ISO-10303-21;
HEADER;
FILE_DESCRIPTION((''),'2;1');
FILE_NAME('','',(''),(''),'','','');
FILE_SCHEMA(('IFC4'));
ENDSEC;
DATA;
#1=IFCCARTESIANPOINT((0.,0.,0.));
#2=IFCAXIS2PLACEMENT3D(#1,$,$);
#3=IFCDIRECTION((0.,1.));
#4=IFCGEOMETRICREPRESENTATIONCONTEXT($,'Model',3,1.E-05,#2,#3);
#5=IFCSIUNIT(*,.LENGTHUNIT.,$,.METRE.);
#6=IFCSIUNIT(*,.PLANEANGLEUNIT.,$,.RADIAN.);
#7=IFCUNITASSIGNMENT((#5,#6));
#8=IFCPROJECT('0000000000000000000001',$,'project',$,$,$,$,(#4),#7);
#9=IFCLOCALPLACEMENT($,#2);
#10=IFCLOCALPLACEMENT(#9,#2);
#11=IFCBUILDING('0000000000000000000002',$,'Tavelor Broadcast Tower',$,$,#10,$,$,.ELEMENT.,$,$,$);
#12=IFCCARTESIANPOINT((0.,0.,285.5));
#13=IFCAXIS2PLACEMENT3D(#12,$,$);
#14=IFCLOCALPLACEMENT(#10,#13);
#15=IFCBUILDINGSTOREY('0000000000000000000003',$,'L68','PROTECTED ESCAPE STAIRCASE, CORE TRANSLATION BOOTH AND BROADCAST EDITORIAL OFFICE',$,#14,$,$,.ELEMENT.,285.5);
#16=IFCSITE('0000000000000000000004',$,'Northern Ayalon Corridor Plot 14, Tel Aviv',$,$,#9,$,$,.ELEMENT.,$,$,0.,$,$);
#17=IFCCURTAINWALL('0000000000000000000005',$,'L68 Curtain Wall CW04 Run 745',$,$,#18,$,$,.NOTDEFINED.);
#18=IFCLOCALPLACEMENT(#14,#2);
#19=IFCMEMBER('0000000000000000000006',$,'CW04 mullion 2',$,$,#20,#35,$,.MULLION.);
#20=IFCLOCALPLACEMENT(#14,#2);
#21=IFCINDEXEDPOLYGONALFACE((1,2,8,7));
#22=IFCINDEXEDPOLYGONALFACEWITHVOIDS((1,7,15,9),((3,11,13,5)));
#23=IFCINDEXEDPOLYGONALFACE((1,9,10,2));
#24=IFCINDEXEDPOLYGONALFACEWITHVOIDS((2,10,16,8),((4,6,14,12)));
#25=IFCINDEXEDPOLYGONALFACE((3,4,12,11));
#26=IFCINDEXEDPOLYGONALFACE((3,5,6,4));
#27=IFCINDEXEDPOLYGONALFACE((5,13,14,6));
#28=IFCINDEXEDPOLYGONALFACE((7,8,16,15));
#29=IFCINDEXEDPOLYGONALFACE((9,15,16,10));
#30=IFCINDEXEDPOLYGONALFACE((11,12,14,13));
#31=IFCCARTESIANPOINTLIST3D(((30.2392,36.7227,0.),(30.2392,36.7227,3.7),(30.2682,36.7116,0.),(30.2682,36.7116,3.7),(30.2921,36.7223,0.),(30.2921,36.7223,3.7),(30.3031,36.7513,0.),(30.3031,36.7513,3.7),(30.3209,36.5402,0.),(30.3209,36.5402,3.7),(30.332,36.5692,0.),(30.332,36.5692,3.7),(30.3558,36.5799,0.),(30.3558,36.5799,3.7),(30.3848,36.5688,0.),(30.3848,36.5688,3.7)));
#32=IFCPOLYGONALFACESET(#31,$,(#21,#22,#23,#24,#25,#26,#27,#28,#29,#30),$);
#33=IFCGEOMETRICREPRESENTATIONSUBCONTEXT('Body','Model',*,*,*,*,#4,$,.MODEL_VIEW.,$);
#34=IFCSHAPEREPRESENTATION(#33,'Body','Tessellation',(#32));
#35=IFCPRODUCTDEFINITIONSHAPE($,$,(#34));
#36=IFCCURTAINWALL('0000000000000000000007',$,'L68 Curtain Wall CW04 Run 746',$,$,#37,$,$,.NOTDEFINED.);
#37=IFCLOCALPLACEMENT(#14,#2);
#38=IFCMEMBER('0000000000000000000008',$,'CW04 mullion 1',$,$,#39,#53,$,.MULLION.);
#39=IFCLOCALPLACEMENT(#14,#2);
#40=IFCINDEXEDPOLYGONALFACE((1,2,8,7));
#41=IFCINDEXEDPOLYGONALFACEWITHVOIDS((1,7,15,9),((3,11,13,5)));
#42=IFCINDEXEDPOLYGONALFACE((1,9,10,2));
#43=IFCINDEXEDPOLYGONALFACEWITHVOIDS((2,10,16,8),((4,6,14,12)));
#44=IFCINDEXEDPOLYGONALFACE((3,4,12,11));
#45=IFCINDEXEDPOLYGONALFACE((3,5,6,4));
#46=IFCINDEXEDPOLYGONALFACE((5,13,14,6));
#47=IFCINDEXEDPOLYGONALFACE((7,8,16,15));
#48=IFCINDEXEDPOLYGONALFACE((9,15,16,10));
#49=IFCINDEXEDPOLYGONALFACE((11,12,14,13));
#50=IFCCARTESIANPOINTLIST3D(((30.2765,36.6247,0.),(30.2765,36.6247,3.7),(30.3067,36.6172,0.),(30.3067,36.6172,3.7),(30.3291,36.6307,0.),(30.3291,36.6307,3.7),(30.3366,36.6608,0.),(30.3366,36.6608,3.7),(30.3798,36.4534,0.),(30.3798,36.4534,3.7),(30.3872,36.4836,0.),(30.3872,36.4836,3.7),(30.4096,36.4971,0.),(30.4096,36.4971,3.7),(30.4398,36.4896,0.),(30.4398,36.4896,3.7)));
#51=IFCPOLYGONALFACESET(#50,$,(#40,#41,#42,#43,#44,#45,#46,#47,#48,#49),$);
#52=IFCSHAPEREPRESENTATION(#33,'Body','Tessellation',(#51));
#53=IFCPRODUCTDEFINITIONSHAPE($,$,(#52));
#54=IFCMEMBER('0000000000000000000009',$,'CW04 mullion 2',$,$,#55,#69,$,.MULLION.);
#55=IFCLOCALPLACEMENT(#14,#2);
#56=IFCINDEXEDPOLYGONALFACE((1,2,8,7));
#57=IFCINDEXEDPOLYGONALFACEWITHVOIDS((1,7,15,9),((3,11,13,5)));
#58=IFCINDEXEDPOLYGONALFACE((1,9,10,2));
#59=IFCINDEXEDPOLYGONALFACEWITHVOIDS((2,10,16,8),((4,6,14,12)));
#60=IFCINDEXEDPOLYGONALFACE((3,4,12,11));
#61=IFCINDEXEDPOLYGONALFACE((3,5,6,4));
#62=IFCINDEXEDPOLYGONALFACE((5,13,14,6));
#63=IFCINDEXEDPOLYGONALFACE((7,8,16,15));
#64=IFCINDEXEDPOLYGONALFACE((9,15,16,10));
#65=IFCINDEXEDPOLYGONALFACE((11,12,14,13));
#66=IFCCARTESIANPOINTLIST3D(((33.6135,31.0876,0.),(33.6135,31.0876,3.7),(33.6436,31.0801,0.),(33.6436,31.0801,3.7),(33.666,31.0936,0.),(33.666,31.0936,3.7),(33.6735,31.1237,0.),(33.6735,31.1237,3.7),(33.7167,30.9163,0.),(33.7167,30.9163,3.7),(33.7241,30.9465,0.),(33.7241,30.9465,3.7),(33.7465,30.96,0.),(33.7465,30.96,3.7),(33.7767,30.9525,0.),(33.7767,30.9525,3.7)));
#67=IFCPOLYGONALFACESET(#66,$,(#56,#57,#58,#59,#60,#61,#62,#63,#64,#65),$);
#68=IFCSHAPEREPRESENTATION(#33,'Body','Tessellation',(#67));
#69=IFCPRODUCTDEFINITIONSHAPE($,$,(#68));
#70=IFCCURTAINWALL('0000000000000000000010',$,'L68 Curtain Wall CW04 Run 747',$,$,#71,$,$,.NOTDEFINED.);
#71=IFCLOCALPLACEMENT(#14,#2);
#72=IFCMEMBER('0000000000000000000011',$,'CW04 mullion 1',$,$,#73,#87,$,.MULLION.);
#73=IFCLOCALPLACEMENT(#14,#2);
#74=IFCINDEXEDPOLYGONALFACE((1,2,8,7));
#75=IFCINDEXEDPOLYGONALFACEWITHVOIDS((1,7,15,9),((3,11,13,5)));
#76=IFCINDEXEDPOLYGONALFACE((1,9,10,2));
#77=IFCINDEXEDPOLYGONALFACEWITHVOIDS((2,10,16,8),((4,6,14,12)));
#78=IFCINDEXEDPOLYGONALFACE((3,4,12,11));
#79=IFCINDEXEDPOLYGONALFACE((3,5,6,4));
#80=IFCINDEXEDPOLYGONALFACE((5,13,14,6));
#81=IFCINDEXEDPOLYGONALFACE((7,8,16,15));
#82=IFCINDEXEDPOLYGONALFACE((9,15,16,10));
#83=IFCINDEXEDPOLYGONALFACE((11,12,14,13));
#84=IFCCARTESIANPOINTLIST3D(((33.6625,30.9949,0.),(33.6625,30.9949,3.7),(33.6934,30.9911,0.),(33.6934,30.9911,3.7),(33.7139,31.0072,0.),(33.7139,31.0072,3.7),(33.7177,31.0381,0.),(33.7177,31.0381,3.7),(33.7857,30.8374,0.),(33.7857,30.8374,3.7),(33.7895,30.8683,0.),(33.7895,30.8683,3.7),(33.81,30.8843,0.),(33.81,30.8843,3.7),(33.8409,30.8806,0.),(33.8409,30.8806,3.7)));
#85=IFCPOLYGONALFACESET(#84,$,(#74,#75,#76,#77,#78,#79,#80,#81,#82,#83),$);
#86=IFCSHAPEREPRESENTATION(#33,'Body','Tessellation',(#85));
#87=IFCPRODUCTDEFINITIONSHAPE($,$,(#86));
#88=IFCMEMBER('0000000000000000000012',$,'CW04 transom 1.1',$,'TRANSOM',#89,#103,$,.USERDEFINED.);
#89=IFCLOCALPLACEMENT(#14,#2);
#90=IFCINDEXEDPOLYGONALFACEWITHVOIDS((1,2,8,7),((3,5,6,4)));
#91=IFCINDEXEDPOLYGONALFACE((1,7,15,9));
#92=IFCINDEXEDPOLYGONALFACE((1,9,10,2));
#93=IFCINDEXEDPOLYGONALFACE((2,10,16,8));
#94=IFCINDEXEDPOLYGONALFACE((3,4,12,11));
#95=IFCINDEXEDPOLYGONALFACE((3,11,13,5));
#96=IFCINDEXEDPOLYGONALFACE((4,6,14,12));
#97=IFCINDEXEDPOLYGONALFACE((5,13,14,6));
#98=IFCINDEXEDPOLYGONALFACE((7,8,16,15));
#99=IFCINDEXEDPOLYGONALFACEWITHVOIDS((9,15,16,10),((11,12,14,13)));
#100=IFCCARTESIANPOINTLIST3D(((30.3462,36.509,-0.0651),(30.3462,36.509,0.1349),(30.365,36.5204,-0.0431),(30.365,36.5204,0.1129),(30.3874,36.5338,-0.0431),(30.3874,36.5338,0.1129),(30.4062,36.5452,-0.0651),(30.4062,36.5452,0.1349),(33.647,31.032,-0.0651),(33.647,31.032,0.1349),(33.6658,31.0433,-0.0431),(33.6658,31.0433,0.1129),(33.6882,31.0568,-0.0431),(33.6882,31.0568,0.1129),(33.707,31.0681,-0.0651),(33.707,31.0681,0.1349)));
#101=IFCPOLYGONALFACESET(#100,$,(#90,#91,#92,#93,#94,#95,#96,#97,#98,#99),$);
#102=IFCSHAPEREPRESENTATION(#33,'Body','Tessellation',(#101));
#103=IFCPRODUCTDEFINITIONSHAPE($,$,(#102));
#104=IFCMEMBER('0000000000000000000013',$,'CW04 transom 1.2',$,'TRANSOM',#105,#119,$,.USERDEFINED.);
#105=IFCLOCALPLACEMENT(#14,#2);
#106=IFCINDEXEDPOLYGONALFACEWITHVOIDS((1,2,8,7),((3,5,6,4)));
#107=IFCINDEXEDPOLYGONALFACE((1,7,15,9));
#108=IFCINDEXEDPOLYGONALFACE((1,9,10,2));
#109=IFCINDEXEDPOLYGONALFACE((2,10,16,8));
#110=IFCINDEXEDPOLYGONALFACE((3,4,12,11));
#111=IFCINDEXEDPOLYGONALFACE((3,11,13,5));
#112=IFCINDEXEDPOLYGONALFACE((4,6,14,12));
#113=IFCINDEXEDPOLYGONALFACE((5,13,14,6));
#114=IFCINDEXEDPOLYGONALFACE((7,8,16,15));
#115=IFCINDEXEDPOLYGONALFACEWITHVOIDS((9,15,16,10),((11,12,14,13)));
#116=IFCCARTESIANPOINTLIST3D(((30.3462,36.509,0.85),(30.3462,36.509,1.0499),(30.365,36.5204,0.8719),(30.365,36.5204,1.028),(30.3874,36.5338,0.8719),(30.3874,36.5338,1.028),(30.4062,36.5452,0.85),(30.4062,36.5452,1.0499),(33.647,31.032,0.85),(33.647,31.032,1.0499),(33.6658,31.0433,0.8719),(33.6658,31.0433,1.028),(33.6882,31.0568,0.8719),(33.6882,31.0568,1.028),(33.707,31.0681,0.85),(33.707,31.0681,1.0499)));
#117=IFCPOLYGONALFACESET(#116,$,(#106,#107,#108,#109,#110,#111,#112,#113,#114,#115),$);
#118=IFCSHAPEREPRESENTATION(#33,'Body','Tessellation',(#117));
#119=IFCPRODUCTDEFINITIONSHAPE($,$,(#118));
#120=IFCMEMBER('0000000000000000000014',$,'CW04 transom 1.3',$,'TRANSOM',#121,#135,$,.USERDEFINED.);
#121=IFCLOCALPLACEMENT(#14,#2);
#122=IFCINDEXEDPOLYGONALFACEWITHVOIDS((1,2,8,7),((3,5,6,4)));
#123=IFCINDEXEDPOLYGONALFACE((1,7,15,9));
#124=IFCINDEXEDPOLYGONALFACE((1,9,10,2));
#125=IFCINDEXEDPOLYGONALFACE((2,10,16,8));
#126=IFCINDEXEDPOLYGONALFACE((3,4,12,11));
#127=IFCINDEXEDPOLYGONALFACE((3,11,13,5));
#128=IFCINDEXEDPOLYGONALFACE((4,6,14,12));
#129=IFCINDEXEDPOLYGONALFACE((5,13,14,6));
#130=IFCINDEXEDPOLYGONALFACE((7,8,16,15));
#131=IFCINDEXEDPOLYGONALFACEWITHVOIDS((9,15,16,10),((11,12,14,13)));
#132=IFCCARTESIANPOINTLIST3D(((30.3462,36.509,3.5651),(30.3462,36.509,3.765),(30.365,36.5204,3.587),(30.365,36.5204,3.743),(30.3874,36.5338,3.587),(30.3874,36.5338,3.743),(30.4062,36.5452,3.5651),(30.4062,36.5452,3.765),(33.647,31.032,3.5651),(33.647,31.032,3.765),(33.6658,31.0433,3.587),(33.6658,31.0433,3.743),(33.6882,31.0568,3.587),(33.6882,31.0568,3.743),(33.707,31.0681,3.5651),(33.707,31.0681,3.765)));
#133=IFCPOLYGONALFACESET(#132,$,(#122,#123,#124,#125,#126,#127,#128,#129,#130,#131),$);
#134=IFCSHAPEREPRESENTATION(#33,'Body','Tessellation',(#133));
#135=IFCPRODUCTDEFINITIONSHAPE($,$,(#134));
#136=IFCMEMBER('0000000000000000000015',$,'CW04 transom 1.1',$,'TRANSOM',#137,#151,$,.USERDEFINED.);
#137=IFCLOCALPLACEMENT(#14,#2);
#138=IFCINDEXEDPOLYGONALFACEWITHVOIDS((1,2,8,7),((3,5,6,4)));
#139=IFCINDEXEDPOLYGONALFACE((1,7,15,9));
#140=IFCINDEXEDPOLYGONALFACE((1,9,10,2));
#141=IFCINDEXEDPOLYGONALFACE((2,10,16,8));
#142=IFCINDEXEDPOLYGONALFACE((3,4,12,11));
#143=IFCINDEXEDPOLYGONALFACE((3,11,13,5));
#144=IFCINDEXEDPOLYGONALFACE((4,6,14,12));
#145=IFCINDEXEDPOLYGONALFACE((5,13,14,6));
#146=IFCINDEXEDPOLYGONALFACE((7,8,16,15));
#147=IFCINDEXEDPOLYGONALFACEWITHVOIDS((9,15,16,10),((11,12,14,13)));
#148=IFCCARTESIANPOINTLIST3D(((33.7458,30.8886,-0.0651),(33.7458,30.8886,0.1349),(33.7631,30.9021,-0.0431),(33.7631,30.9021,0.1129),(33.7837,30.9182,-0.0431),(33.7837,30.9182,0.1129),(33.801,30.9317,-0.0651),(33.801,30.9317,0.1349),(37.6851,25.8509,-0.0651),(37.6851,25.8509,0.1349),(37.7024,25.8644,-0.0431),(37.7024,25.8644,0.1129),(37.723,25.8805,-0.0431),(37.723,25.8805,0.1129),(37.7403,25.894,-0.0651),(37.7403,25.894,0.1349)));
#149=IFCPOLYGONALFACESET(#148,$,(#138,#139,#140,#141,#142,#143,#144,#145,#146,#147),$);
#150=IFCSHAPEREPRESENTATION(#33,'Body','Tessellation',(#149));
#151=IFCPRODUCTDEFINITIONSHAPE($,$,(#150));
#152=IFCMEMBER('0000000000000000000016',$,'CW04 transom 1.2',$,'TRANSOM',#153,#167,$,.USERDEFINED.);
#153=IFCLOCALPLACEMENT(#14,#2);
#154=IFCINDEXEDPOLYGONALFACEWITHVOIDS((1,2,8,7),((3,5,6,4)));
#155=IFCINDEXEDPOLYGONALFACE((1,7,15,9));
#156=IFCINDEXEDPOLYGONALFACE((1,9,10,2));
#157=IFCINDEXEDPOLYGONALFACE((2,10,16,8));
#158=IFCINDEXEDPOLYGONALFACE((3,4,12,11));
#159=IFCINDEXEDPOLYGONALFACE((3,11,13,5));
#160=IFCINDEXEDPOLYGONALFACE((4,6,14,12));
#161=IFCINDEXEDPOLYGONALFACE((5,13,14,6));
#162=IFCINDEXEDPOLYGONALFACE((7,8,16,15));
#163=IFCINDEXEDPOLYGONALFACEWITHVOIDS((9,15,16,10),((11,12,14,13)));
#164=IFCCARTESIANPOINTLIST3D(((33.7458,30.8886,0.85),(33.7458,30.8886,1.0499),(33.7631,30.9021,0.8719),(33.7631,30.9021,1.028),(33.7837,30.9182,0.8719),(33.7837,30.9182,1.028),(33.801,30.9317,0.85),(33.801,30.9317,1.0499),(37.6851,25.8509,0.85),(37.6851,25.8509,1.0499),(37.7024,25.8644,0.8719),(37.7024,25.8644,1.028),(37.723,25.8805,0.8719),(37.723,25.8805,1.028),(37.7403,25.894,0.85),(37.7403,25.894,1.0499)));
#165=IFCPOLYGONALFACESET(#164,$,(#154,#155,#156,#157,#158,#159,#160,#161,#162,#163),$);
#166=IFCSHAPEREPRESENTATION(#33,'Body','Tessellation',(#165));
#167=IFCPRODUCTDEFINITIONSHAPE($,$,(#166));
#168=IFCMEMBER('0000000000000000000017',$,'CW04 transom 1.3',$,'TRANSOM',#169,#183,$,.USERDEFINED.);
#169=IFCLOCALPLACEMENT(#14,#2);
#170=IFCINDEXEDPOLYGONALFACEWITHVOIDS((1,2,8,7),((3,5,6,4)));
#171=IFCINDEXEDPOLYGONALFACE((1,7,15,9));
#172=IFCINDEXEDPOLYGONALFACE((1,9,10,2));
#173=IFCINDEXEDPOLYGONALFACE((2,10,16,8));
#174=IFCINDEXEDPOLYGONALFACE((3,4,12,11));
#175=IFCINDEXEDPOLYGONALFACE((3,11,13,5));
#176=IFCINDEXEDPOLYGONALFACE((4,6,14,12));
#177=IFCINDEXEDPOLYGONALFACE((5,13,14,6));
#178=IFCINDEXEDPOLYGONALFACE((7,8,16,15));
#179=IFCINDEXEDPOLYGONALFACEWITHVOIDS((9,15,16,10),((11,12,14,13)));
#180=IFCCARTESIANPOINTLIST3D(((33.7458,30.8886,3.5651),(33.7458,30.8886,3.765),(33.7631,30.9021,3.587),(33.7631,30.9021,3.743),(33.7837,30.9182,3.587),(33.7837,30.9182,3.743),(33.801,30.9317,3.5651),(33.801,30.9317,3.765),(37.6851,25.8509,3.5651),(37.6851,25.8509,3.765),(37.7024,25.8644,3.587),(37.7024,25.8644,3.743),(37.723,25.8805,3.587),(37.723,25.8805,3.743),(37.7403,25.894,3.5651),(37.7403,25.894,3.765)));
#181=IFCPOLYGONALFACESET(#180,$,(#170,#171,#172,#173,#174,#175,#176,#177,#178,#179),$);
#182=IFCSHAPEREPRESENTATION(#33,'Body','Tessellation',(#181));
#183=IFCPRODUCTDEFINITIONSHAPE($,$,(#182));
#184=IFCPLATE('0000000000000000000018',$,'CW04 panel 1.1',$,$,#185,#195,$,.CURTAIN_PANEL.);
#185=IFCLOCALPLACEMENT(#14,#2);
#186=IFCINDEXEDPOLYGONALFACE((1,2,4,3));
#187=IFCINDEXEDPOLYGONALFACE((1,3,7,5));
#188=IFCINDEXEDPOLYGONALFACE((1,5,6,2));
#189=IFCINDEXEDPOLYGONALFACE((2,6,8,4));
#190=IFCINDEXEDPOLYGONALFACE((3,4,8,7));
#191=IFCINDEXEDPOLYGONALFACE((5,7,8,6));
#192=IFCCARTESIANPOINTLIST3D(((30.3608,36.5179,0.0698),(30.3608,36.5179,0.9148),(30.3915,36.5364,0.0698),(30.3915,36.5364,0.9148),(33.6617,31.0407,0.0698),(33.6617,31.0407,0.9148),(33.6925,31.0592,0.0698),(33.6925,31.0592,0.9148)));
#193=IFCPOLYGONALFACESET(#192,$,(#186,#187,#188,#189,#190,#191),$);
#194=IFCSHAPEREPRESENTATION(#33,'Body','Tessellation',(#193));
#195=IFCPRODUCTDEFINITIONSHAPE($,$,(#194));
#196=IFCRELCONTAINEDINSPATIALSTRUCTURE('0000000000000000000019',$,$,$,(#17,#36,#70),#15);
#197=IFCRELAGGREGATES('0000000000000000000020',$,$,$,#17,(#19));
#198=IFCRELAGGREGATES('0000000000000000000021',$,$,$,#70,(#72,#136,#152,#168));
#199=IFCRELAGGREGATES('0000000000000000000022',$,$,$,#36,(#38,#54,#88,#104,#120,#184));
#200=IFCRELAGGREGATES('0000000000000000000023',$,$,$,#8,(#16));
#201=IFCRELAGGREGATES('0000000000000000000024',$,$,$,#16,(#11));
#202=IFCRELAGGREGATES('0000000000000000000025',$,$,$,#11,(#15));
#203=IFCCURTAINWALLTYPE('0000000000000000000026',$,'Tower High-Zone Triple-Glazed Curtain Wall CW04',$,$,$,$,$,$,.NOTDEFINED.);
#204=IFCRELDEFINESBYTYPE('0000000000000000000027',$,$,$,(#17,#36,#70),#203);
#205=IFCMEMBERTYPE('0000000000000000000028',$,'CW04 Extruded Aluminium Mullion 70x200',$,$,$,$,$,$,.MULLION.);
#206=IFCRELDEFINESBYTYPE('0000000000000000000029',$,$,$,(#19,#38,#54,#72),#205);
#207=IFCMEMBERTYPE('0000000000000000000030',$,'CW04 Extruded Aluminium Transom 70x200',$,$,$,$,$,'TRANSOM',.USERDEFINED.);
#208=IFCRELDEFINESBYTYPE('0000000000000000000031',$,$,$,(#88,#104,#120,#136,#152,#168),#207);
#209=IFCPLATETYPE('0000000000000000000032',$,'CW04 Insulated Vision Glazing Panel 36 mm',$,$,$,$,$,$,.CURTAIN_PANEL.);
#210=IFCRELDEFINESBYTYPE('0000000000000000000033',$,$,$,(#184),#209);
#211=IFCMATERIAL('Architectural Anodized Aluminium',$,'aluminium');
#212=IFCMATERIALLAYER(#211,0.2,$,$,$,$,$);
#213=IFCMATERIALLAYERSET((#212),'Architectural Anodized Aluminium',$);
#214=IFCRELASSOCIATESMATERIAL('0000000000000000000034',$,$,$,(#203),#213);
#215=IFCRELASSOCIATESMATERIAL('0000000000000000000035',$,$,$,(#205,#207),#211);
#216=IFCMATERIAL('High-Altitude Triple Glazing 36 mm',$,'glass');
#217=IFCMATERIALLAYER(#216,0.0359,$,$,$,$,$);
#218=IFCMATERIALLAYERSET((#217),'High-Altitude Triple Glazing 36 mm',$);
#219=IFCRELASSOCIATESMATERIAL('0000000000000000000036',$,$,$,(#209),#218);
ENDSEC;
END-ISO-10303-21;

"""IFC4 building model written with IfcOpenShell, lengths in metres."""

from ifc_helpers import new_model, si_unit, direction, frame, origin, origin_2d, place, context, subcontext, project, spatial, rectangle, hollow_rectangle, extrude, source, transform, mapped, material, layer, layer_set, material_profile, profile_set, type_object, type_shapes, element, aggregate, save


model = new_model("IFC4")

# Units and contexts
model_context = context("Model", 3, precision=1e-05, world=origin(), true_north=direction((0.0, 1.0)))
body_context = subcontext(model_context, "Body", "Model", "MODEL_VIEW")
ifc_project = project(units=[si_unit("LENGTHUNIT", "METRE"), si_unit("PLANEANGLEUNIT", "RADIAN")], contexts=[model_context])

# Site, building, storey
site_placement = place(None, origin())
site = spatial("IfcSite", under=ifc_project, at=site_placement, Name="Northern Ayalon Corridor Plot 14, Tel Aviv", CompositionType="ELEMENT", RefElevation=0.0)
building_placement = place(site_placement, origin())
building = spatial("IfcBuilding", under=site, at=building_placement, Name="Tavelor Broadcast Tower", CompositionType="ELEMENT")
storey_placement = place(building_placement, frame((0.0, 0.0, 285.5)))
storey = spatial("IfcBuildingStorey", under=building, at=storey_placement, Name="L68", Description="PROTECTED ESCAPE STAIRCASE, CORE TRANSLATION BOOTH AND BROADCAST EDITORIAL OFFICE", CompositionType="ELEMENT", Elevation=285.5)

# Curtain wall, member
ifc_material_1 = material(Name="Architectural Anodized Aluminium", Category="aluminium")
ifc_layer_1 = layer(ifc_material_1, 0.2)
ifc_layer_set_1 = layer_set([ifc_layer_1], Name="Architectural Anodized Aluminium")
curtain_wall_type = type_object("IfcCurtainWallType", Name="Tower High-Zone Triple-Glazed Curtain Wall CW04", PredefinedType="NOTDEFINED", material=ifc_layer_set_1)
curtain_wall_1_placement = place(storey_placement, origin())
curtain_wall_1 = element("IfcCurtainWall", 1, at=curtain_wall_1_placement, inside=storey, type_object=curtain_wall_type, Name="L68 Curtain Wall CW04 Run 745", PredefinedType="NOTDEFINED")
ifc_material_profile_1 = material_profile(ifc_material_1, hollow_rectangle(XDim=0.0701, YDim=0.2, WallThickness=0.022, at=origin_2d()), Name="RHS 70x200x22")
ifc_profile_set_1 = profile_set([ifc_material_profile_1], Name="Architectural Anodized Aluminium")
member_type_1 = type_object("IfcMemberType", Name="CW04 Extruded Aluminium Mullion 70x200", PredefinedType="MULLION", material=ifc_profile_set_1)
shared_shape_1 = source(origin(), body_context, "Body", "SweptSolid", [
    extrude(hollow_rectangle(XDim=0.0701, YDim=0.2, WallThickness=0.022, at=origin_2d()), origin(), (0.0, 0.0, 1.0), 3.7),
])
type_shapes(member_type_1, [shared_shape_1])
member_1_placement = place(storey_placement, frame((30.312, 36.6458, 0.0), z_axis=(0.0, 0.0, 1.0), x_axis=(0.912657, 0.408726, 0.0)))
member_1 = element("IfcMember", 2, at=member_1_placement, type_object=member_type_1, Name="CW04 mullion 2", PredefinedType="MULLION", context=body_context, shape_type="MappedRepresentation", body=[
    mapped(shared_shape_1, transform((0.0, 0.0, 0.0), scale=1.0)),
])
aggregate(curtain_wall_1, [member_1])

# Curtain wall, members
curtain_wall_2_placement = place(storey_placement, origin())
curtain_wall_2 = element("IfcCurtainWall", 3, at=curtain_wall_2_placement, inside=storey, type_object=curtain_wall_type, Name="L68 Curtain Wall CW04 Run 746", PredefinedType="NOTDEFINED")
member_2_placement = place(storey_placement, frame((30.3582, 36.5571, 0.0), z_axis=(0.0, 0.0, 1.0), x_axis=(0.856483, 0.516176, 0.0)))
member_2 = element("IfcMember", 4, at=member_2_placement, type_object=member_type_1, Name="CW04 mullion 1", PredefinedType="MULLION", context=body_context, shape_type="MappedRepresentation", body=[
    mapped(shared_shape_1, transform((0.0, 0.0, 0.0), scale=1.0)),
])
member_3_placement = place(storey_placement, frame((33.6951, 31.02, 0.0), z_axis=(0.0, 0.0, 1.0), x_axis=(0.856483, 0.516176, 0.0)))
member_3 = element("IfcMember", 5, at=member_3_placement, type_object=member_type_1, Name="CW04 mullion 2", PredefinedType="MULLION", context=body_context, shape_type="MappedRepresentation", body=[
    mapped(shared_shape_1, transform((0.0, 0.0, 0.0), scale=1.0)),
])

# Curtain wall, member
curtain_wall_3_placement = place(storey_placement, origin())
curtain_wall_3 = element("IfcCurtainWall", 6, at=curtain_wall_3_placement, inside=storey, type_object=curtain_wall_type, Name="L68 Curtain Wall CW04 Run 747", PredefinedType="NOTDEFINED")
member_4_placement = place(storey_placement, frame((33.7517, 30.9377, 0.0), z_axis=(0.0, 0.0, 1.0), x_axis=(0.787736, 0.616013, 0.0)))
member_4 = element("IfcMember", 7, at=member_4_placement, type_object=member_type_1, Name="CW04 mullion 1", PredefinedType="MULLION", context=body_context, shape_type="MappedRepresentation", body=[
    mapped(shared_shape_1, transform((0.0, 0.0, 0.0), scale=1.0)),
])

# Members
ifc_material_profile_2 = material_profile(ifc_material_1, hollow_rectangle(XDim=0.0701, YDim=0.2, WallThickness=0.022, at=origin_2d()), Name="RHS 70x200x22")
ifc_profile_set_2 = profile_set([ifc_material_profile_2], Name="Architectural Anodized Aluminium")
member_type_2 = type_object("IfcMemberType", Name="CW04 Extruded Aluminium Transom 70x200", ElementType="TRANSOM", PredefinedType="USERDEFINED", material=ifc_profile_set_2)
shared_shape_2 = source(origin(), body_context, "Body", "SweptSolid", [
    extrude(hollow_rectangle(XDim=0.0701, YDim=0.2, WallThickness=0.022, at=origin_2d()), origin(), (0.0, 0.0, 1.0), 6.3948),
])
member_5_placement = place(storey_placement, frame((30.3762, 36.5271, 0.0349), z_axis=(0.516168, -0.856487, 0.0), x_axis=(0.856487, 0.516168, 0.0)))
member_5 = element("IfcMember", 8, at=member_5_placement, type_object=member_type_2, Name="CW04 transom 1.1", ObjectType="TRANSOM", PredefinedType="USERDEFINED", context=body_context, shape_type="MappedRepresentation", body=[
    mapped(shared_shape_2, transform((0.0, 0.0, 0.0), scale=1.0)),
])
member_6_placement = place(storey_placement, frame((30.3762, 36.5271, 0.95), z_axis=(0.516168, -0.856487, 0.0), x_axis=(0.856487, 0.516168, 0.0)))
member_6 = element("IfcMember", 9, at=member_6_placement, type_object=member_type_2, Name="CW04 transom 1.2", ObjectType="TRANSOM", PredefinedType="USERDEFINED", context=body_context, shape_type="MappedRepresentation", body=[
    mapped(shared_shape_2, transform((0.0, 0.0, 0.0), scale=1.0)),
])
member_7_placement = place(storey_placement, frame((30.3762, 36.5271, 3.665), z_axis=(0.516168, -0.856487, 0.0), x_axis=(0.856487, 0.516168, 0.0)))
member_7 = element("IfcMember", 10, at=member_7_placement, type_object=member_type_2, Name="CW04 transom 1.3", ObjectType="TRANSOM", PredefinedType="USERDEFINED", context=body_context, shape_type="MappedRepresentation", body=[
    mapped(shared_shape_2, transform((0.0, 0.0, 0.0), scale=1.0)),
])
shared_shape_3 = source(origin(), body_context, "Body", "SweptSolid", [
    extrude(hollow_rectangle(XDim=0.0701, YDim=0.2, WallThickness=0.022, at=origin_2d()), origin(), (0.0, 0.0, 1.0), 6.395),
])
type_shapes(member_type_2, [shared_shape_2, shared_shape_3])
member_8_placement = place(storey_placement, frame((33.7734, 30.9102, 0.0349), z_axis=(0.615992, -0.787752, 0.0), x_axis=(0.787752, 0.615992, 0.0)))
member_8 = element("IfcMember", 11, at=member_8_placement, type_object=member_type_2, Name="CW04 transom 1.1", ObjectType="TRANSOM", PredefinedType="USERDEFINED", context=body_context, shape_type="MappedRepresentation", body=[
    mapped(shared_shape_3, transform((0.0, 0.0, 0.0), scale=1.0)),
])
member_9_placement = place(storey_placement, frame((33.7734, 30.9102, 0.95), z_axis=(0.615992, -0.787752, 0.0), x_axis=(0.787752, 0.615992, 0.0)))
member_9 = element("IfcMember", 12, at=member_9_placement, type_object=member_type_2, Name="CW04 transom 1.2", ObjectType="TRANSOM", PredefinedType="USERDEFINED", context=body_context, shape_type="MappedRepresentation", body=[
    mapped(shared_shape_3, transform((0.0, 0.0, 0.0), scale=1.0)),
])
member_10_placement = place(storey_placement, frame((33.7734, 30.9102, 3.665), z_axis=(0.615992, -0.787752, 0.0), x_axis=(0.787752, 0.615992, 0.0)))
member_10 = element("IfcMember", 13, at=member_10_placement, type_object=member_type_2, Name="CW04 transom 1.3", ObjectType="TRANSOM", PredefinedType="USERDEFINED", context=body_context, shape_type="MappedRepresentation", body=[
    mapped(shared_shape_3, transform((0.0, 0.0, 0.0), scale=1.0)),
])
aggregate(curtain_wall_3, [member_4, member_8, member_9, member_10])

# Plate
ifc_material_2 = material(Name="High-Altitude Triple Glazing 36 mm", Category="glass")
ifc_layer_2 = layer(ifc_material_2, 0.0359)
ifc_layer_set_2 = layer_set([ifc_layer_2], Name="High-Altitude Triple Glazing 36 mm")
plate_type = type_object("IfcPlateType", Name="CW04 Insulated Vision Glazing Panel 36 mm", PredefinedType="CURTAIN_PANEL", material=ifc_layer_set_2)
shared_shape_4 = source(origin(), body_context, "Body", "SweptSolid", [
    extrude(rectangle(XDim=6.395, YDim=0.0359, at=origin_2d()), origin(), (0.0, 0.0, 1.0), 0.845),
])
plate_1_placement = place(storey_placement, frame((32.0266, 33.7886, 0.0698), z_axis=(0.0, 0.0, 1.0), x_axis=(0.516176, -0.856483, 0.0)))
plate_1 = element("IfcPlate", 14, at=plate_1_placement, type_object=plate_type, Name="CW04 panel 1.1", PredefinedType="CURTAIN_PANEL", context=body_context, shape_type="MappedRepresentation", body=[
    mapped(shared_shape_4, transform((0.0, 0.0, 0.0), scale=1.0)),
])
aggregate(curtain_wall_2, [member_2, member_3, member_5, member_6, member_7, plate_1])

save(model, "model.ifc")
